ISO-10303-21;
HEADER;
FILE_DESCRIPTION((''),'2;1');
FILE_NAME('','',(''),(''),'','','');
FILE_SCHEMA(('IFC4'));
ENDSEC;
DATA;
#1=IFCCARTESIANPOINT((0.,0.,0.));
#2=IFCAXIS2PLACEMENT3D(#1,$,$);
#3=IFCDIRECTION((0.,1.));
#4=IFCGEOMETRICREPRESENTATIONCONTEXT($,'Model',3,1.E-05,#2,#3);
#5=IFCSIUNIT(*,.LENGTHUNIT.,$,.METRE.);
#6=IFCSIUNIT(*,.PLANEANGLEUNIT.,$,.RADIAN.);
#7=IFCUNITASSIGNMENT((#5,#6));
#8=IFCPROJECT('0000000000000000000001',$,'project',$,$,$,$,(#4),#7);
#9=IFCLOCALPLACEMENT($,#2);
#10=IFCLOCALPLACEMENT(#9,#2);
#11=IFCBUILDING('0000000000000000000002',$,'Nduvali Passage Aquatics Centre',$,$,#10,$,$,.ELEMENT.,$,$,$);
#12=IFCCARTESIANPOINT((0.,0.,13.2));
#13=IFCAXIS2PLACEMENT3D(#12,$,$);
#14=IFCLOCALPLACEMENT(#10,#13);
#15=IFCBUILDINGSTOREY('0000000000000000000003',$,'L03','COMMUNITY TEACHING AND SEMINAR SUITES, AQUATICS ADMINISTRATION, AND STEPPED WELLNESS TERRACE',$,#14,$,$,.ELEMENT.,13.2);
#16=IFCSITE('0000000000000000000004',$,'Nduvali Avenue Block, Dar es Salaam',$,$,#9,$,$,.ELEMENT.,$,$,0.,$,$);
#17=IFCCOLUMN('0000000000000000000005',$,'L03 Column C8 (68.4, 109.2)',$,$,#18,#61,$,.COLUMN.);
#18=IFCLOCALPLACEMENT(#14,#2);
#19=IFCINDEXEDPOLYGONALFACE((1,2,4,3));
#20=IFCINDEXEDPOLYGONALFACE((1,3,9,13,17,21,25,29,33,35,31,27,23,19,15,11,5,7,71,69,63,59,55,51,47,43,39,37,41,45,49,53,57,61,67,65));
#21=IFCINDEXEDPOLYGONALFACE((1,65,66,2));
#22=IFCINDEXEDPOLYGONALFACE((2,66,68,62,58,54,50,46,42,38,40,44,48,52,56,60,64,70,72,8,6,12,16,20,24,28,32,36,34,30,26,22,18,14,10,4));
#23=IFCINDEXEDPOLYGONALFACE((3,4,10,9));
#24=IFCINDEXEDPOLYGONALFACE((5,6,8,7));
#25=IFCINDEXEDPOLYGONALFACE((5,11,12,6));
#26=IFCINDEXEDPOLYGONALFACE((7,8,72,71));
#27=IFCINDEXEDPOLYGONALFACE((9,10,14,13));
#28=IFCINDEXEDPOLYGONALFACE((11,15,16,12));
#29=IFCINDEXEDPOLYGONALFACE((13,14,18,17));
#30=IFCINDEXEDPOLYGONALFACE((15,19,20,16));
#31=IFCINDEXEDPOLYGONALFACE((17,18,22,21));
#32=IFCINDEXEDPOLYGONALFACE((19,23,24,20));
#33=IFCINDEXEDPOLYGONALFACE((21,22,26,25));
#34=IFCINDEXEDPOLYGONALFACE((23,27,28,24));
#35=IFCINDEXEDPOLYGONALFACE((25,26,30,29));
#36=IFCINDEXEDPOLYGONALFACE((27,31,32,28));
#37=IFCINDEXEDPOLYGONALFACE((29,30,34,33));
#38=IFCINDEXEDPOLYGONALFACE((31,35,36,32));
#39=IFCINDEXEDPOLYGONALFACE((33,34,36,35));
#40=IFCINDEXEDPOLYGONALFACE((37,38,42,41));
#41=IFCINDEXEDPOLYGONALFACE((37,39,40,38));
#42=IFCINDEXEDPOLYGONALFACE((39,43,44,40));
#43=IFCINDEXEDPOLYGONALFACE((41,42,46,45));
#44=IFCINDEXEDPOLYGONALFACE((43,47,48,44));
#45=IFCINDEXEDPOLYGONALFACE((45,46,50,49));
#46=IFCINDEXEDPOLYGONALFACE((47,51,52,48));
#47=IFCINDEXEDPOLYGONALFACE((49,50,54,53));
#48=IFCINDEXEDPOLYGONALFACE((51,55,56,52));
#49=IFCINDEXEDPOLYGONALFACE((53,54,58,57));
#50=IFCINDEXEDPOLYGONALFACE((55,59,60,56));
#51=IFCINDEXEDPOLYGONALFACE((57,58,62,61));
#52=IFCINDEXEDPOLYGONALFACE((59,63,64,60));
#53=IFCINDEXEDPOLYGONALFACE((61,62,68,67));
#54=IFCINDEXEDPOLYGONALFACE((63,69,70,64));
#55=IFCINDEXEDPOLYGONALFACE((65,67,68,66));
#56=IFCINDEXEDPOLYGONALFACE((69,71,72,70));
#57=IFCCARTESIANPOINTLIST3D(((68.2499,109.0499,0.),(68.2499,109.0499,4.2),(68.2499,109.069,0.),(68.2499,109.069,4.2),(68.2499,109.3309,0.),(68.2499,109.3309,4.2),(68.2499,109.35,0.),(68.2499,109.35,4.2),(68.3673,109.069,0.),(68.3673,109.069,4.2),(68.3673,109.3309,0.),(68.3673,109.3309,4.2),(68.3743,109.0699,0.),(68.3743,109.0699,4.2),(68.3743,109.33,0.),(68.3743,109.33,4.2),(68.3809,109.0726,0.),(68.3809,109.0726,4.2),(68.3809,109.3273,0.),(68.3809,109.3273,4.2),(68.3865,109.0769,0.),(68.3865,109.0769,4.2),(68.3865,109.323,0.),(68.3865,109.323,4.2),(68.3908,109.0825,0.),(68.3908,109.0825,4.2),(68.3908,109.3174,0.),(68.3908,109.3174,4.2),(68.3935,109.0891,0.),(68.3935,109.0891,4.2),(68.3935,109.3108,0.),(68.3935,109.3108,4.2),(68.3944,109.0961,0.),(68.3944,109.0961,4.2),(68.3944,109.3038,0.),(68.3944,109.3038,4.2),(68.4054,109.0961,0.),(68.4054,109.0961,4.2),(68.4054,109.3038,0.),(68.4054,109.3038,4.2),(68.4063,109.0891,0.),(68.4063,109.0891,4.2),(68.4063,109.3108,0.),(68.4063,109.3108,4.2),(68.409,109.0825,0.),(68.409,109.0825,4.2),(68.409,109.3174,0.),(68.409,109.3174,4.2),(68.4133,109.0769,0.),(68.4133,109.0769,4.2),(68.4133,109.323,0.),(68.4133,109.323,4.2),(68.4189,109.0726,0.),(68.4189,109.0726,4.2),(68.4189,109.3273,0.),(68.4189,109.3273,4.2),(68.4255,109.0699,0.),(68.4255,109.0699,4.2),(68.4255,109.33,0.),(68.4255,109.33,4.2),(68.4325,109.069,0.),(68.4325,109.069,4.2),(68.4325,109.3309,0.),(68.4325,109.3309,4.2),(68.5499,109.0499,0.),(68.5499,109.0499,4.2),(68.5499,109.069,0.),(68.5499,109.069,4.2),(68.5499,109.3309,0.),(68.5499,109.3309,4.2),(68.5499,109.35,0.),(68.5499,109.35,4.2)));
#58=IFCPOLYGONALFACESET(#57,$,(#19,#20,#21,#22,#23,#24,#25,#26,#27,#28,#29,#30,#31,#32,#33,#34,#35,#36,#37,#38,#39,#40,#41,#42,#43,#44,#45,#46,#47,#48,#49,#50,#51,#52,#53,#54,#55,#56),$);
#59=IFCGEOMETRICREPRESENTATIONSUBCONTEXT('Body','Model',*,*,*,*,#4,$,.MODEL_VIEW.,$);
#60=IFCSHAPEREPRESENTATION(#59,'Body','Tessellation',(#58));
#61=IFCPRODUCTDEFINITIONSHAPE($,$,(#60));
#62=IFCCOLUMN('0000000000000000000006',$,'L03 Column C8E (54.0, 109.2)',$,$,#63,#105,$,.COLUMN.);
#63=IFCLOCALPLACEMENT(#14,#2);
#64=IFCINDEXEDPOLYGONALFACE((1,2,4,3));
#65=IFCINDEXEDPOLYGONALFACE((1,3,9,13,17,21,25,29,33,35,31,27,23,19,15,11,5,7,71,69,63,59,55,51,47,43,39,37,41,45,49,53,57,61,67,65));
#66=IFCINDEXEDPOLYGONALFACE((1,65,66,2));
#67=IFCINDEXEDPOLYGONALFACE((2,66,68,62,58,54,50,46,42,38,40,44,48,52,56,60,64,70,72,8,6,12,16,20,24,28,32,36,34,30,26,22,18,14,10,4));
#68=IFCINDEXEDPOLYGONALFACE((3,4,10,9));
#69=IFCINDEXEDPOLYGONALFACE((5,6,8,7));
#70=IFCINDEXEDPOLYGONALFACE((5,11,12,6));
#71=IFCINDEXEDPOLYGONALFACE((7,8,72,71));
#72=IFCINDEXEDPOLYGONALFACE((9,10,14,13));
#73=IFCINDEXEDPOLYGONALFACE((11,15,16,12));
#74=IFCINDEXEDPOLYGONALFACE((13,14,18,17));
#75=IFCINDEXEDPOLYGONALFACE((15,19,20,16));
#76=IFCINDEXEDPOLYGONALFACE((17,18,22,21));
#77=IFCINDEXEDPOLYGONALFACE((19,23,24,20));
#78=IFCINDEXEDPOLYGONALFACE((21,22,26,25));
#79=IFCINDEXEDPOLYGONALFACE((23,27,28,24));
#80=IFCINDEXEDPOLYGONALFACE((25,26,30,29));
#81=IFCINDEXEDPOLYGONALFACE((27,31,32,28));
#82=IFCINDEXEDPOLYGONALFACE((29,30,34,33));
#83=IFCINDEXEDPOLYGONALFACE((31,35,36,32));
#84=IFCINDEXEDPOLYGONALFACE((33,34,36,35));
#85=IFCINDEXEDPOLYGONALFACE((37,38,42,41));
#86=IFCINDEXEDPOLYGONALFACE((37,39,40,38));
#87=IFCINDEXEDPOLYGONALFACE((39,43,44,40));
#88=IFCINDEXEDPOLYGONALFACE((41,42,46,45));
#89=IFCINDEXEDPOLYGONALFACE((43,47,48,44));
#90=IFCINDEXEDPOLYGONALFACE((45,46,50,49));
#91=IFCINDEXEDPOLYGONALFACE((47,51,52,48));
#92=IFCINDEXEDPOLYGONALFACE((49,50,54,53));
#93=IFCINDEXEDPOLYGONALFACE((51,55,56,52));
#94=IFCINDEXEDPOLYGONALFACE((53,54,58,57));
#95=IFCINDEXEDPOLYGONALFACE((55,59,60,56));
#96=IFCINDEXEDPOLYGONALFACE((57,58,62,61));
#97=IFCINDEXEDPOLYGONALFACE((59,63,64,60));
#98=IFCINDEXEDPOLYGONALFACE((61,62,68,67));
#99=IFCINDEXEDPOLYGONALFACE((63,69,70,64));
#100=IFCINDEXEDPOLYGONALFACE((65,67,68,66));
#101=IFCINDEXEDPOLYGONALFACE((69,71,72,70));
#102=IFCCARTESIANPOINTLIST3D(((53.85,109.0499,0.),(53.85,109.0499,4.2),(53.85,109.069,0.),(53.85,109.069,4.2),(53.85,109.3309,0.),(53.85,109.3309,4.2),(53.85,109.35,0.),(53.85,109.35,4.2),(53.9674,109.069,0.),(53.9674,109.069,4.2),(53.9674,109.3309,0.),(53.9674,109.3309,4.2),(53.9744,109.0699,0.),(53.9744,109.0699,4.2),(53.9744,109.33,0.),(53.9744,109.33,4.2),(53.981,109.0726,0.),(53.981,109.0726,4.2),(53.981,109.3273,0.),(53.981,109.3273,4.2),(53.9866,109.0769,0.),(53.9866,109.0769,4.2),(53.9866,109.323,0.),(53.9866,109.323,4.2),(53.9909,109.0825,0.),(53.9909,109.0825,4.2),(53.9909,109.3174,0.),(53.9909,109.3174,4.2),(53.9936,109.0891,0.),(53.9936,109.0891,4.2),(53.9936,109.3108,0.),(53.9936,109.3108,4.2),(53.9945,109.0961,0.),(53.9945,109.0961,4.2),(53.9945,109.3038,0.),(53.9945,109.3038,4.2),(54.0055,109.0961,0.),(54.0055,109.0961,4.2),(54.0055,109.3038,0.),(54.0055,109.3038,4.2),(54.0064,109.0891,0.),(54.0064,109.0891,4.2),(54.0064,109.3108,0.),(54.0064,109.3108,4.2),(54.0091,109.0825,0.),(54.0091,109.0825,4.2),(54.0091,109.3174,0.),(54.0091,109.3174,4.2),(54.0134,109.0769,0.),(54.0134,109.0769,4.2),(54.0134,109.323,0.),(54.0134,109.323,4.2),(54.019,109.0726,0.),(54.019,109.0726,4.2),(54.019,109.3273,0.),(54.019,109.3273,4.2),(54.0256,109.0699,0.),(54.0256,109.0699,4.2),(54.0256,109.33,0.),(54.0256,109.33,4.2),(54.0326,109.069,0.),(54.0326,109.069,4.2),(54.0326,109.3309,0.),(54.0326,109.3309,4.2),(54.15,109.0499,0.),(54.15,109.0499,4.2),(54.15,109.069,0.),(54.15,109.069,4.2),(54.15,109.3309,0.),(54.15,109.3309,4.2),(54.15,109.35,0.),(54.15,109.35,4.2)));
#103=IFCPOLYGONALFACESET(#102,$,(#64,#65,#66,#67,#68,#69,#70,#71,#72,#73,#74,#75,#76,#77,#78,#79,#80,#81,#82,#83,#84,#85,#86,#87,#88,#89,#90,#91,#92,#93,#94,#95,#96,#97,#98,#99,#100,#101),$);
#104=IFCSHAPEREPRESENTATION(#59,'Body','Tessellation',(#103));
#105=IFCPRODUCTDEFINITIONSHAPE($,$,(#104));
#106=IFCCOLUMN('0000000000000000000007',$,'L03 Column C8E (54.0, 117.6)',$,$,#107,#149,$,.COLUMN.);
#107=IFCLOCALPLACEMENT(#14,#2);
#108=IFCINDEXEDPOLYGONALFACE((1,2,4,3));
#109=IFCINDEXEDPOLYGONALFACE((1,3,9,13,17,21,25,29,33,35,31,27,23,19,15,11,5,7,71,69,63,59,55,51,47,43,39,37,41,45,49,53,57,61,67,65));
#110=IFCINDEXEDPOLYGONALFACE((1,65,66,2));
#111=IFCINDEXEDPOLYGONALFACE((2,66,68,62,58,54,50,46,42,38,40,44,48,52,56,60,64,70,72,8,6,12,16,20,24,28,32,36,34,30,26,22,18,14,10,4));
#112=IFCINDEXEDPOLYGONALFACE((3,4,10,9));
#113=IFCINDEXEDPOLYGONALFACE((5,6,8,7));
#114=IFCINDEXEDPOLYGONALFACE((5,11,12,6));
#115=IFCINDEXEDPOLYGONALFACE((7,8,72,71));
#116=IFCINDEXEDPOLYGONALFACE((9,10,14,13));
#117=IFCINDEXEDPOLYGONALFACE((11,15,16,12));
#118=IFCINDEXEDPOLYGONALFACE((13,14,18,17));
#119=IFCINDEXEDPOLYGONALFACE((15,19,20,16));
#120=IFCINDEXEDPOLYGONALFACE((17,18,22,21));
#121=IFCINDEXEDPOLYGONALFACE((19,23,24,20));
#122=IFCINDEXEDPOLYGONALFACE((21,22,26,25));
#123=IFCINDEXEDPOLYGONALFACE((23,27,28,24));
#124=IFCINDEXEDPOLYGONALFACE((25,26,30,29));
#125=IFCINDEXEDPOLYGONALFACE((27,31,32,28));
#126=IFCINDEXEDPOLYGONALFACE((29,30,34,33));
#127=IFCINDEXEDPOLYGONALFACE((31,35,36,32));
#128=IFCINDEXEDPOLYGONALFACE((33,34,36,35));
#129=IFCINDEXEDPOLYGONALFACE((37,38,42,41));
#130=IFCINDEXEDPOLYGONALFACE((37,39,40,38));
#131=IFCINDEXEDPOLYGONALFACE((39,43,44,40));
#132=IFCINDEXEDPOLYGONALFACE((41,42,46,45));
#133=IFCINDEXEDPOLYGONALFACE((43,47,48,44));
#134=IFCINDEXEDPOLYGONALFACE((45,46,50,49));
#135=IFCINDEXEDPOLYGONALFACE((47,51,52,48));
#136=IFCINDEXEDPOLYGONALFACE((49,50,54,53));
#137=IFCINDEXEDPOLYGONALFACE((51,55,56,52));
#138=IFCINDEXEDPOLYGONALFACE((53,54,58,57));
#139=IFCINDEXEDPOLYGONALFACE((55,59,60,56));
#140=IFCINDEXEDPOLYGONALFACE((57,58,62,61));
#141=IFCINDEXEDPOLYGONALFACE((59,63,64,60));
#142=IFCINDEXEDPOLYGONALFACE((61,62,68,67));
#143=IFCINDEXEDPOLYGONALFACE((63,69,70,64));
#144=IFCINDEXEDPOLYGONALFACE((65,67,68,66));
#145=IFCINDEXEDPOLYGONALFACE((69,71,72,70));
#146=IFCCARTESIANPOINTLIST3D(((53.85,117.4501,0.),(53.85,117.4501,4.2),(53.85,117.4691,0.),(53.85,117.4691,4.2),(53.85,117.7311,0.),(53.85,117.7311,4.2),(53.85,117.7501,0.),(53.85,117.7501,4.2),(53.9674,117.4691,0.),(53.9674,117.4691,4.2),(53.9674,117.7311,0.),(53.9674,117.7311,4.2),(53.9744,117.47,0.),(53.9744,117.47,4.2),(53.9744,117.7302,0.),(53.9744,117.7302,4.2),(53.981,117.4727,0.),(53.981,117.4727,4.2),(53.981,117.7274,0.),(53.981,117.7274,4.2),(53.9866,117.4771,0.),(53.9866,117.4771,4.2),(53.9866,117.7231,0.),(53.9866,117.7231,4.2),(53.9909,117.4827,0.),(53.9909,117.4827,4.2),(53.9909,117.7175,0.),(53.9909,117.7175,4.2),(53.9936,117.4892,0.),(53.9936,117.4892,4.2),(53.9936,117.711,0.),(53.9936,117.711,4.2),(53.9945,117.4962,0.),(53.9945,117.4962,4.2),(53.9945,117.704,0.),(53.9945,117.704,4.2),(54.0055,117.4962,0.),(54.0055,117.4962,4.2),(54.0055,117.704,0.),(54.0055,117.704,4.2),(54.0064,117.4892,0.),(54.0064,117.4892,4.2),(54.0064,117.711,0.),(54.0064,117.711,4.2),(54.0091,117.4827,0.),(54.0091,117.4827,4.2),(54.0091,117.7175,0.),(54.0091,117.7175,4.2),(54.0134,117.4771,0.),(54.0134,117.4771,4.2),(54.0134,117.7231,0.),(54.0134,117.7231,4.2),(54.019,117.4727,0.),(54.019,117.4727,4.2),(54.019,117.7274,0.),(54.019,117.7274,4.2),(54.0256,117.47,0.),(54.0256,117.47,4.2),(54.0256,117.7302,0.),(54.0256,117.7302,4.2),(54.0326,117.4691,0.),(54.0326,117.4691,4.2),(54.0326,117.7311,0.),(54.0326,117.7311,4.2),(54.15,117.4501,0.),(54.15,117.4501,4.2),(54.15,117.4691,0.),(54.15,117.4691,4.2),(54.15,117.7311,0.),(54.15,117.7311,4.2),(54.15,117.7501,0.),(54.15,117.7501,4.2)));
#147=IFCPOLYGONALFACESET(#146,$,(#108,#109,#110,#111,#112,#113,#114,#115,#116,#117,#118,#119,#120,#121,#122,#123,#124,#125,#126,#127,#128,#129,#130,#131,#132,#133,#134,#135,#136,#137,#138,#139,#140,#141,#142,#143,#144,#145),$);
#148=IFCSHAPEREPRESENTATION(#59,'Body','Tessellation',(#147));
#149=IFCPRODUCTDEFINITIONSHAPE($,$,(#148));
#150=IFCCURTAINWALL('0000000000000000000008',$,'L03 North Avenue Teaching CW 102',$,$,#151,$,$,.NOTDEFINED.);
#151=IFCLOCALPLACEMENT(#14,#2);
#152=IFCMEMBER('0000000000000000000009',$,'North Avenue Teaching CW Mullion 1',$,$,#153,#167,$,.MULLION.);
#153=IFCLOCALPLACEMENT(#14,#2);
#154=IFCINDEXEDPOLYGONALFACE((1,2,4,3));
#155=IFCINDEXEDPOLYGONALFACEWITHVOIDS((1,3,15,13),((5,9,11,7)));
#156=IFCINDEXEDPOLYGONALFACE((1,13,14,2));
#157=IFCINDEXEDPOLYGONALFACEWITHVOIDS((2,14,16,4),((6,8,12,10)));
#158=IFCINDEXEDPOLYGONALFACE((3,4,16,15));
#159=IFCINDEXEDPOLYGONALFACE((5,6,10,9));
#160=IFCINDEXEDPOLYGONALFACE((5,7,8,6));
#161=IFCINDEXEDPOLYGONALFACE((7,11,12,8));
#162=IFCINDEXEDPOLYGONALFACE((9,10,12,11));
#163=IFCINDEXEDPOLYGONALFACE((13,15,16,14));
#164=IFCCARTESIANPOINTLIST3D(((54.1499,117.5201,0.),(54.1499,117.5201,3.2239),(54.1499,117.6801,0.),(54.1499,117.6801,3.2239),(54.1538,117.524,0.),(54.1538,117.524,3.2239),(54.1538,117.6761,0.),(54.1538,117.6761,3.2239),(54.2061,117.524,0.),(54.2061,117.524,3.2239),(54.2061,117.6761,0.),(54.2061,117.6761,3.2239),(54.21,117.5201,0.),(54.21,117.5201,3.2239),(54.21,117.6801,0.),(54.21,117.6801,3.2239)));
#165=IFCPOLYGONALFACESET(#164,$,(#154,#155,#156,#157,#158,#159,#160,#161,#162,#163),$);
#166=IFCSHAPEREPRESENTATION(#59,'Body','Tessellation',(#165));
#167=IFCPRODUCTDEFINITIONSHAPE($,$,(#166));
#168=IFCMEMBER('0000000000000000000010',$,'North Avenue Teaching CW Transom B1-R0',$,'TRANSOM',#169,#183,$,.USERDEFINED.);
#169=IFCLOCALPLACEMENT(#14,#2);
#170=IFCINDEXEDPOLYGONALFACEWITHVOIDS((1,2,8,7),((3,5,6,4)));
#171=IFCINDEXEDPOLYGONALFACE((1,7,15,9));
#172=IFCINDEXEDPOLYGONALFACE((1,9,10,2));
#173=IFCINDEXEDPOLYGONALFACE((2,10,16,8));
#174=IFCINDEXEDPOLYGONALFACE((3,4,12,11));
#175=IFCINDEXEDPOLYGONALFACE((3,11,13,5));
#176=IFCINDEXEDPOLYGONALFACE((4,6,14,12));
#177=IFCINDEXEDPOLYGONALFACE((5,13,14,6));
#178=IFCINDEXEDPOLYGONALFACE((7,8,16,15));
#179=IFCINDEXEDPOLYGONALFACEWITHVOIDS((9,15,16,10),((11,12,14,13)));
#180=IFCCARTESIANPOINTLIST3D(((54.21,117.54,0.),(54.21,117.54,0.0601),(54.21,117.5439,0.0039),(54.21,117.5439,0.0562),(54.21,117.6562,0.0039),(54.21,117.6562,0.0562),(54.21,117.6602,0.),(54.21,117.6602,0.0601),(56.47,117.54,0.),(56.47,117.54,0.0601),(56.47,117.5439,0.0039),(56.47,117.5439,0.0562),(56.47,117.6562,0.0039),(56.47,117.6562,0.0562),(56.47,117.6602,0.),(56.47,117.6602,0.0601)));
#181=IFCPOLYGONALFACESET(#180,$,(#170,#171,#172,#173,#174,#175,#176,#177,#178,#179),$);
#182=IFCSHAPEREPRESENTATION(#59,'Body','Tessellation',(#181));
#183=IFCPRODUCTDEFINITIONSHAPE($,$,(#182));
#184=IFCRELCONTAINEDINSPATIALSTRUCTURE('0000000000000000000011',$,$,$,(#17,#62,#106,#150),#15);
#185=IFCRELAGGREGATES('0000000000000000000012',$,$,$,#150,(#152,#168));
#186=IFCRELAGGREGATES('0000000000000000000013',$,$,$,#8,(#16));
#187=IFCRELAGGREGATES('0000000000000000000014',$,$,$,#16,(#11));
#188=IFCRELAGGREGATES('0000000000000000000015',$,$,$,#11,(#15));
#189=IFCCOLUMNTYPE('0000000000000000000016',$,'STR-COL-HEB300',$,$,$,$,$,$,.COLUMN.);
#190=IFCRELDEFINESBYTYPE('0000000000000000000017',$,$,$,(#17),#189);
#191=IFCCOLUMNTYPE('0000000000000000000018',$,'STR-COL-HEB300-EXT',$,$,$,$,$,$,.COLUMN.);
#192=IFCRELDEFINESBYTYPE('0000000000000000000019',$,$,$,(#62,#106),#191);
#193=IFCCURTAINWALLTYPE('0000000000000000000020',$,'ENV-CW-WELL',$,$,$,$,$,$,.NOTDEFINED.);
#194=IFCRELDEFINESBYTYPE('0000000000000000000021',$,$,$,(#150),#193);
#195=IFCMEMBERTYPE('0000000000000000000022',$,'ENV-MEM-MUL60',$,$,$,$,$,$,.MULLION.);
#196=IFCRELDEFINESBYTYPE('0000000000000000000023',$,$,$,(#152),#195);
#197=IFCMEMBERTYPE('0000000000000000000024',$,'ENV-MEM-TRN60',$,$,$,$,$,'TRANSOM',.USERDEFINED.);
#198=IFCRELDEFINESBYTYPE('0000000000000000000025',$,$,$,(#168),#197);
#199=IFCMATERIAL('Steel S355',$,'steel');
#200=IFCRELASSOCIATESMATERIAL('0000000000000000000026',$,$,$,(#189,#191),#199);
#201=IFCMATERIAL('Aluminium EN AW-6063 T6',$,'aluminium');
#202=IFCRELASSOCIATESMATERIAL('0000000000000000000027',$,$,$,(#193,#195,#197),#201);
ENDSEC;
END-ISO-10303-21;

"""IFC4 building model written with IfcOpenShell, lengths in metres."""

from ifc_helpers import new_model, si_unit, direction, frame, origin, origin_2d, place, context, subcontext, project, spatial, hollow_rectangle, i_section, extrude, material, material_profile, profile_set, type_object, element, aggregate, save


model = new_model("IFC4")

# Units and contexts
model_context = context("Model", 3, precision=1e-05, world=origin(), true_north=direction((0.0, 1.0)))
body_context = subcontext(model_context, "Body", "Model", "MODEL_VIEW")
ifc_project = project(units=[si_unit("LENGTHUNIT", "METRE"), si_unit("PLANEANGLEUNIT", "RADIAN")], contexts=[model_context])

# Site, building, storey
site_placement = place(None, origin())
site = spatial("IfcSite", under=ifc_project, at=site_placement, Name="Nduvali Avenue Block, Dar es Salaam", CompositionType="ELEMENT", RefElevation=0.0)
building_placement = place(site_placement, origin())
building = spatial("IfcBuilding", under=site, at=building_placement, Name="Nduvali Passage Aquatics Centre", CompositionType="ELEMENT")
storey_placement = place(building_placement, frame((0.0, 0.0, 13.2)))
storey = spatial("IfcBuildingStorey", under=building, at=storey_placement, Name="L03", Description="COMMUNITY TEACHING AND SEMINAR SUITES, AQUATICS ADMINISTRATION, AND STEPPED WELLNESS TERRACE", CompositionType="ELEMENT", Elevation=13.2)

# Columns
ifc_material_1 = material(Name="Steel S355", Category="steel")
ifc_material_profile_1 = material_profile(ifc_material_1, i_section(OverallWidth=0.3, OverallDepth=0.3, WebThickness=0.011, FlangeThickness=0.019, FilletRadius=0.0271, at=origin_2d()), Name="HEB 300")
ifc_profile_set_1 = profile_set([ifc_material_profile_1], Name="Steel S355")
column_type_1 = type_object("IfcColumnType", Name="STR-COL-HEB300", PredefinedType="COLUMN", material=ifc_profile_set_1)
column_placement = place(storey_placement, frame((68.3999, 109.2, 0.0), z_axis=(0.0, 0.0, 1.0), x_axis=(1.0, 0.0, 0.0)))
element("IfcColumn", 1, at=column_placement, inside=storey, type_object=column_type_1, Name="L03 Column C8 (68.4, 109.2)", PredefinedType="COLUMN", context=body_context, shape_type="SweptSolid", body=[
    extrude(i_section(OverallWidth=0.3, OverallDepth=0.3, WebThickness=0.011, FlangeThickness=0.019, FilletRadius=0.0271, at=origin_2d()), origin(), (0.0, 0.0, 1.0), 4.2),
])
ifc_material_profile_2 = material_profile(ifc_material_1, i_section(OverallWidth=0.3, OverallDepth=0.3, WebThickness=0.011, FlangeThickness=0.019, FilletRadius=0.0271, at=origin_2d()), Name="HEB 300")
ifc_profile_set_2 = profile_set([ifc_material_profile_2], Name="Steel S355")
column_type_2 = type_object("IfcColumnType", Name="STR-COL-HEB300-EXT", PredefinedType="COLUMN", material=ifc_profile_set_2)
for number, where, z_axis, x_axis, name in (
    (2, (54.0, 109.2, 0.0), (0.0, 0.0, 1.0), (1.0, 0.0, 0.0), "L03 Column C8E (54.0, 109.2)"),
    (3, (54.0, 117.6001, 0.0), (0.0, 0.0, 1.0), (1.0, 0.0, 0.0), "L03 Column C8E (54.0, 117.6)"),
):
    element("IfcColumn", number, at=place(storey_placement, frame(where, z_axis=z_axis, x_axis=x_axis)), inside=storey, type_object=column_type_2, Name=name, PredefinedType="COLUMN", context=body_context, shape_type="SweptSolid", body=[
        extrude(i_section(OverallWidth=0.3, OverallDepth=0.3, WebThickness=0.011, FlangeThickness=0.019, FilletRadius=0.0271, at=origin_2d()), origin(), (0.0, 0.0, 1.0), 4.2),
    ])

# Curtain wall, members
ifc_material_2 = material(Name="Aluminium EN AW-6063 T6", Category="aluminium")
curtain_wall_type = type_object("IfcCurtainWallType", Name="ENV-CW-WELL", PredefinedType="NOTDEFINED", material=ifc_material_2)
curtain_wall_placement = place(storey_placement, origin())
curtain_wall = element("IfcCurtainWall", 4, at=curtain_wall_placement, inside=storey, type_object=curtain_wall_type, Name="L03 North Avenue Teaching CW 102", PredefinedType="NOTDEFINED")
ifc_material_profile_3 = material_profile(ifc_material_2, hollow_rectangle(XDim=0.0601, YDim=0.1599, WallThickness=0.0039, at=origin_2d()), Name="ALU MULLION 60x160x4")
ifc_profile_set_3 = profile_set([ifc_material_profile_3], Name="Aluminium EN AW-6063 T6")
member_type_1 = type_object("IfcMemberType", Name="ENV-MEM-MUL60", PredefinedType="MULLION", material=ifc_profile_set_3)
member_1_placement = place(storey_placement, frame((54.1799, 117.6001, 0.0), z_axis=(0.0, 0.0, 1.0), x_axis=(1.0, 0.0, 0.0)))
member_1 = element("IfcMember", 5, at=member_1_placement, type_object=member_type_1, Name="North Avenue Teaching CW Mullion 1", PredefinedType="MULLION", context=body_context, shape_type="SweptSolid", body=[
    extrude(hollow_rectangle(XDim=0.0601, YDim=0.1599, WallThickness=0.0039, at=origin_2d()), origin(), (0.0, 0.0, 1.0), 3.2239),
])
ifc_material_profile_4 = material_profile(ifc_material_2, hollow_rectangle(XDim=0.1201, YDim=0.0601, WallThickness=0.0039, at=origin_2d()), Name="ALU TRANSOM 120x60x4")
ifc_profile_set_4 = profile_set([ifc_material_profile_4], Name="Aluminium EN AW-6063 T6")
member_type_2 = type_object("IfcMemberType", Name="ENV-MEM-TRN60", ElementType="TRANSOM", PredefinedType="USERDEFINED", material=ifc_profile_set_4)
member_2_placement = place(storey_placement, frame((54.21, 117.6001, 0.03), z_axis=(1.0, 0.0, 0.0), x_axis=(0.0, 1.0, 0.0)))
member_2 = element("IfcMember", 6, at=member_2_placement, type_object=member_type_2, Name="North Avenue Teaching CW Transom B1-R0", ObjectType="TRANSOM", PredefinedType="USERDEFINED", context=body_context, shape_type="SweptSolid", body=[
    extrude(hollow_rectangle(XDim=0.1201, YDim=0.0601, WallThickness=0.0039, at=origin_2d()), origin(), (0.0, 0.0, 1.0), 2.26),
])

aggregate(curtain_wall, [member_1, member_2])

save(model, "model.ifc")
